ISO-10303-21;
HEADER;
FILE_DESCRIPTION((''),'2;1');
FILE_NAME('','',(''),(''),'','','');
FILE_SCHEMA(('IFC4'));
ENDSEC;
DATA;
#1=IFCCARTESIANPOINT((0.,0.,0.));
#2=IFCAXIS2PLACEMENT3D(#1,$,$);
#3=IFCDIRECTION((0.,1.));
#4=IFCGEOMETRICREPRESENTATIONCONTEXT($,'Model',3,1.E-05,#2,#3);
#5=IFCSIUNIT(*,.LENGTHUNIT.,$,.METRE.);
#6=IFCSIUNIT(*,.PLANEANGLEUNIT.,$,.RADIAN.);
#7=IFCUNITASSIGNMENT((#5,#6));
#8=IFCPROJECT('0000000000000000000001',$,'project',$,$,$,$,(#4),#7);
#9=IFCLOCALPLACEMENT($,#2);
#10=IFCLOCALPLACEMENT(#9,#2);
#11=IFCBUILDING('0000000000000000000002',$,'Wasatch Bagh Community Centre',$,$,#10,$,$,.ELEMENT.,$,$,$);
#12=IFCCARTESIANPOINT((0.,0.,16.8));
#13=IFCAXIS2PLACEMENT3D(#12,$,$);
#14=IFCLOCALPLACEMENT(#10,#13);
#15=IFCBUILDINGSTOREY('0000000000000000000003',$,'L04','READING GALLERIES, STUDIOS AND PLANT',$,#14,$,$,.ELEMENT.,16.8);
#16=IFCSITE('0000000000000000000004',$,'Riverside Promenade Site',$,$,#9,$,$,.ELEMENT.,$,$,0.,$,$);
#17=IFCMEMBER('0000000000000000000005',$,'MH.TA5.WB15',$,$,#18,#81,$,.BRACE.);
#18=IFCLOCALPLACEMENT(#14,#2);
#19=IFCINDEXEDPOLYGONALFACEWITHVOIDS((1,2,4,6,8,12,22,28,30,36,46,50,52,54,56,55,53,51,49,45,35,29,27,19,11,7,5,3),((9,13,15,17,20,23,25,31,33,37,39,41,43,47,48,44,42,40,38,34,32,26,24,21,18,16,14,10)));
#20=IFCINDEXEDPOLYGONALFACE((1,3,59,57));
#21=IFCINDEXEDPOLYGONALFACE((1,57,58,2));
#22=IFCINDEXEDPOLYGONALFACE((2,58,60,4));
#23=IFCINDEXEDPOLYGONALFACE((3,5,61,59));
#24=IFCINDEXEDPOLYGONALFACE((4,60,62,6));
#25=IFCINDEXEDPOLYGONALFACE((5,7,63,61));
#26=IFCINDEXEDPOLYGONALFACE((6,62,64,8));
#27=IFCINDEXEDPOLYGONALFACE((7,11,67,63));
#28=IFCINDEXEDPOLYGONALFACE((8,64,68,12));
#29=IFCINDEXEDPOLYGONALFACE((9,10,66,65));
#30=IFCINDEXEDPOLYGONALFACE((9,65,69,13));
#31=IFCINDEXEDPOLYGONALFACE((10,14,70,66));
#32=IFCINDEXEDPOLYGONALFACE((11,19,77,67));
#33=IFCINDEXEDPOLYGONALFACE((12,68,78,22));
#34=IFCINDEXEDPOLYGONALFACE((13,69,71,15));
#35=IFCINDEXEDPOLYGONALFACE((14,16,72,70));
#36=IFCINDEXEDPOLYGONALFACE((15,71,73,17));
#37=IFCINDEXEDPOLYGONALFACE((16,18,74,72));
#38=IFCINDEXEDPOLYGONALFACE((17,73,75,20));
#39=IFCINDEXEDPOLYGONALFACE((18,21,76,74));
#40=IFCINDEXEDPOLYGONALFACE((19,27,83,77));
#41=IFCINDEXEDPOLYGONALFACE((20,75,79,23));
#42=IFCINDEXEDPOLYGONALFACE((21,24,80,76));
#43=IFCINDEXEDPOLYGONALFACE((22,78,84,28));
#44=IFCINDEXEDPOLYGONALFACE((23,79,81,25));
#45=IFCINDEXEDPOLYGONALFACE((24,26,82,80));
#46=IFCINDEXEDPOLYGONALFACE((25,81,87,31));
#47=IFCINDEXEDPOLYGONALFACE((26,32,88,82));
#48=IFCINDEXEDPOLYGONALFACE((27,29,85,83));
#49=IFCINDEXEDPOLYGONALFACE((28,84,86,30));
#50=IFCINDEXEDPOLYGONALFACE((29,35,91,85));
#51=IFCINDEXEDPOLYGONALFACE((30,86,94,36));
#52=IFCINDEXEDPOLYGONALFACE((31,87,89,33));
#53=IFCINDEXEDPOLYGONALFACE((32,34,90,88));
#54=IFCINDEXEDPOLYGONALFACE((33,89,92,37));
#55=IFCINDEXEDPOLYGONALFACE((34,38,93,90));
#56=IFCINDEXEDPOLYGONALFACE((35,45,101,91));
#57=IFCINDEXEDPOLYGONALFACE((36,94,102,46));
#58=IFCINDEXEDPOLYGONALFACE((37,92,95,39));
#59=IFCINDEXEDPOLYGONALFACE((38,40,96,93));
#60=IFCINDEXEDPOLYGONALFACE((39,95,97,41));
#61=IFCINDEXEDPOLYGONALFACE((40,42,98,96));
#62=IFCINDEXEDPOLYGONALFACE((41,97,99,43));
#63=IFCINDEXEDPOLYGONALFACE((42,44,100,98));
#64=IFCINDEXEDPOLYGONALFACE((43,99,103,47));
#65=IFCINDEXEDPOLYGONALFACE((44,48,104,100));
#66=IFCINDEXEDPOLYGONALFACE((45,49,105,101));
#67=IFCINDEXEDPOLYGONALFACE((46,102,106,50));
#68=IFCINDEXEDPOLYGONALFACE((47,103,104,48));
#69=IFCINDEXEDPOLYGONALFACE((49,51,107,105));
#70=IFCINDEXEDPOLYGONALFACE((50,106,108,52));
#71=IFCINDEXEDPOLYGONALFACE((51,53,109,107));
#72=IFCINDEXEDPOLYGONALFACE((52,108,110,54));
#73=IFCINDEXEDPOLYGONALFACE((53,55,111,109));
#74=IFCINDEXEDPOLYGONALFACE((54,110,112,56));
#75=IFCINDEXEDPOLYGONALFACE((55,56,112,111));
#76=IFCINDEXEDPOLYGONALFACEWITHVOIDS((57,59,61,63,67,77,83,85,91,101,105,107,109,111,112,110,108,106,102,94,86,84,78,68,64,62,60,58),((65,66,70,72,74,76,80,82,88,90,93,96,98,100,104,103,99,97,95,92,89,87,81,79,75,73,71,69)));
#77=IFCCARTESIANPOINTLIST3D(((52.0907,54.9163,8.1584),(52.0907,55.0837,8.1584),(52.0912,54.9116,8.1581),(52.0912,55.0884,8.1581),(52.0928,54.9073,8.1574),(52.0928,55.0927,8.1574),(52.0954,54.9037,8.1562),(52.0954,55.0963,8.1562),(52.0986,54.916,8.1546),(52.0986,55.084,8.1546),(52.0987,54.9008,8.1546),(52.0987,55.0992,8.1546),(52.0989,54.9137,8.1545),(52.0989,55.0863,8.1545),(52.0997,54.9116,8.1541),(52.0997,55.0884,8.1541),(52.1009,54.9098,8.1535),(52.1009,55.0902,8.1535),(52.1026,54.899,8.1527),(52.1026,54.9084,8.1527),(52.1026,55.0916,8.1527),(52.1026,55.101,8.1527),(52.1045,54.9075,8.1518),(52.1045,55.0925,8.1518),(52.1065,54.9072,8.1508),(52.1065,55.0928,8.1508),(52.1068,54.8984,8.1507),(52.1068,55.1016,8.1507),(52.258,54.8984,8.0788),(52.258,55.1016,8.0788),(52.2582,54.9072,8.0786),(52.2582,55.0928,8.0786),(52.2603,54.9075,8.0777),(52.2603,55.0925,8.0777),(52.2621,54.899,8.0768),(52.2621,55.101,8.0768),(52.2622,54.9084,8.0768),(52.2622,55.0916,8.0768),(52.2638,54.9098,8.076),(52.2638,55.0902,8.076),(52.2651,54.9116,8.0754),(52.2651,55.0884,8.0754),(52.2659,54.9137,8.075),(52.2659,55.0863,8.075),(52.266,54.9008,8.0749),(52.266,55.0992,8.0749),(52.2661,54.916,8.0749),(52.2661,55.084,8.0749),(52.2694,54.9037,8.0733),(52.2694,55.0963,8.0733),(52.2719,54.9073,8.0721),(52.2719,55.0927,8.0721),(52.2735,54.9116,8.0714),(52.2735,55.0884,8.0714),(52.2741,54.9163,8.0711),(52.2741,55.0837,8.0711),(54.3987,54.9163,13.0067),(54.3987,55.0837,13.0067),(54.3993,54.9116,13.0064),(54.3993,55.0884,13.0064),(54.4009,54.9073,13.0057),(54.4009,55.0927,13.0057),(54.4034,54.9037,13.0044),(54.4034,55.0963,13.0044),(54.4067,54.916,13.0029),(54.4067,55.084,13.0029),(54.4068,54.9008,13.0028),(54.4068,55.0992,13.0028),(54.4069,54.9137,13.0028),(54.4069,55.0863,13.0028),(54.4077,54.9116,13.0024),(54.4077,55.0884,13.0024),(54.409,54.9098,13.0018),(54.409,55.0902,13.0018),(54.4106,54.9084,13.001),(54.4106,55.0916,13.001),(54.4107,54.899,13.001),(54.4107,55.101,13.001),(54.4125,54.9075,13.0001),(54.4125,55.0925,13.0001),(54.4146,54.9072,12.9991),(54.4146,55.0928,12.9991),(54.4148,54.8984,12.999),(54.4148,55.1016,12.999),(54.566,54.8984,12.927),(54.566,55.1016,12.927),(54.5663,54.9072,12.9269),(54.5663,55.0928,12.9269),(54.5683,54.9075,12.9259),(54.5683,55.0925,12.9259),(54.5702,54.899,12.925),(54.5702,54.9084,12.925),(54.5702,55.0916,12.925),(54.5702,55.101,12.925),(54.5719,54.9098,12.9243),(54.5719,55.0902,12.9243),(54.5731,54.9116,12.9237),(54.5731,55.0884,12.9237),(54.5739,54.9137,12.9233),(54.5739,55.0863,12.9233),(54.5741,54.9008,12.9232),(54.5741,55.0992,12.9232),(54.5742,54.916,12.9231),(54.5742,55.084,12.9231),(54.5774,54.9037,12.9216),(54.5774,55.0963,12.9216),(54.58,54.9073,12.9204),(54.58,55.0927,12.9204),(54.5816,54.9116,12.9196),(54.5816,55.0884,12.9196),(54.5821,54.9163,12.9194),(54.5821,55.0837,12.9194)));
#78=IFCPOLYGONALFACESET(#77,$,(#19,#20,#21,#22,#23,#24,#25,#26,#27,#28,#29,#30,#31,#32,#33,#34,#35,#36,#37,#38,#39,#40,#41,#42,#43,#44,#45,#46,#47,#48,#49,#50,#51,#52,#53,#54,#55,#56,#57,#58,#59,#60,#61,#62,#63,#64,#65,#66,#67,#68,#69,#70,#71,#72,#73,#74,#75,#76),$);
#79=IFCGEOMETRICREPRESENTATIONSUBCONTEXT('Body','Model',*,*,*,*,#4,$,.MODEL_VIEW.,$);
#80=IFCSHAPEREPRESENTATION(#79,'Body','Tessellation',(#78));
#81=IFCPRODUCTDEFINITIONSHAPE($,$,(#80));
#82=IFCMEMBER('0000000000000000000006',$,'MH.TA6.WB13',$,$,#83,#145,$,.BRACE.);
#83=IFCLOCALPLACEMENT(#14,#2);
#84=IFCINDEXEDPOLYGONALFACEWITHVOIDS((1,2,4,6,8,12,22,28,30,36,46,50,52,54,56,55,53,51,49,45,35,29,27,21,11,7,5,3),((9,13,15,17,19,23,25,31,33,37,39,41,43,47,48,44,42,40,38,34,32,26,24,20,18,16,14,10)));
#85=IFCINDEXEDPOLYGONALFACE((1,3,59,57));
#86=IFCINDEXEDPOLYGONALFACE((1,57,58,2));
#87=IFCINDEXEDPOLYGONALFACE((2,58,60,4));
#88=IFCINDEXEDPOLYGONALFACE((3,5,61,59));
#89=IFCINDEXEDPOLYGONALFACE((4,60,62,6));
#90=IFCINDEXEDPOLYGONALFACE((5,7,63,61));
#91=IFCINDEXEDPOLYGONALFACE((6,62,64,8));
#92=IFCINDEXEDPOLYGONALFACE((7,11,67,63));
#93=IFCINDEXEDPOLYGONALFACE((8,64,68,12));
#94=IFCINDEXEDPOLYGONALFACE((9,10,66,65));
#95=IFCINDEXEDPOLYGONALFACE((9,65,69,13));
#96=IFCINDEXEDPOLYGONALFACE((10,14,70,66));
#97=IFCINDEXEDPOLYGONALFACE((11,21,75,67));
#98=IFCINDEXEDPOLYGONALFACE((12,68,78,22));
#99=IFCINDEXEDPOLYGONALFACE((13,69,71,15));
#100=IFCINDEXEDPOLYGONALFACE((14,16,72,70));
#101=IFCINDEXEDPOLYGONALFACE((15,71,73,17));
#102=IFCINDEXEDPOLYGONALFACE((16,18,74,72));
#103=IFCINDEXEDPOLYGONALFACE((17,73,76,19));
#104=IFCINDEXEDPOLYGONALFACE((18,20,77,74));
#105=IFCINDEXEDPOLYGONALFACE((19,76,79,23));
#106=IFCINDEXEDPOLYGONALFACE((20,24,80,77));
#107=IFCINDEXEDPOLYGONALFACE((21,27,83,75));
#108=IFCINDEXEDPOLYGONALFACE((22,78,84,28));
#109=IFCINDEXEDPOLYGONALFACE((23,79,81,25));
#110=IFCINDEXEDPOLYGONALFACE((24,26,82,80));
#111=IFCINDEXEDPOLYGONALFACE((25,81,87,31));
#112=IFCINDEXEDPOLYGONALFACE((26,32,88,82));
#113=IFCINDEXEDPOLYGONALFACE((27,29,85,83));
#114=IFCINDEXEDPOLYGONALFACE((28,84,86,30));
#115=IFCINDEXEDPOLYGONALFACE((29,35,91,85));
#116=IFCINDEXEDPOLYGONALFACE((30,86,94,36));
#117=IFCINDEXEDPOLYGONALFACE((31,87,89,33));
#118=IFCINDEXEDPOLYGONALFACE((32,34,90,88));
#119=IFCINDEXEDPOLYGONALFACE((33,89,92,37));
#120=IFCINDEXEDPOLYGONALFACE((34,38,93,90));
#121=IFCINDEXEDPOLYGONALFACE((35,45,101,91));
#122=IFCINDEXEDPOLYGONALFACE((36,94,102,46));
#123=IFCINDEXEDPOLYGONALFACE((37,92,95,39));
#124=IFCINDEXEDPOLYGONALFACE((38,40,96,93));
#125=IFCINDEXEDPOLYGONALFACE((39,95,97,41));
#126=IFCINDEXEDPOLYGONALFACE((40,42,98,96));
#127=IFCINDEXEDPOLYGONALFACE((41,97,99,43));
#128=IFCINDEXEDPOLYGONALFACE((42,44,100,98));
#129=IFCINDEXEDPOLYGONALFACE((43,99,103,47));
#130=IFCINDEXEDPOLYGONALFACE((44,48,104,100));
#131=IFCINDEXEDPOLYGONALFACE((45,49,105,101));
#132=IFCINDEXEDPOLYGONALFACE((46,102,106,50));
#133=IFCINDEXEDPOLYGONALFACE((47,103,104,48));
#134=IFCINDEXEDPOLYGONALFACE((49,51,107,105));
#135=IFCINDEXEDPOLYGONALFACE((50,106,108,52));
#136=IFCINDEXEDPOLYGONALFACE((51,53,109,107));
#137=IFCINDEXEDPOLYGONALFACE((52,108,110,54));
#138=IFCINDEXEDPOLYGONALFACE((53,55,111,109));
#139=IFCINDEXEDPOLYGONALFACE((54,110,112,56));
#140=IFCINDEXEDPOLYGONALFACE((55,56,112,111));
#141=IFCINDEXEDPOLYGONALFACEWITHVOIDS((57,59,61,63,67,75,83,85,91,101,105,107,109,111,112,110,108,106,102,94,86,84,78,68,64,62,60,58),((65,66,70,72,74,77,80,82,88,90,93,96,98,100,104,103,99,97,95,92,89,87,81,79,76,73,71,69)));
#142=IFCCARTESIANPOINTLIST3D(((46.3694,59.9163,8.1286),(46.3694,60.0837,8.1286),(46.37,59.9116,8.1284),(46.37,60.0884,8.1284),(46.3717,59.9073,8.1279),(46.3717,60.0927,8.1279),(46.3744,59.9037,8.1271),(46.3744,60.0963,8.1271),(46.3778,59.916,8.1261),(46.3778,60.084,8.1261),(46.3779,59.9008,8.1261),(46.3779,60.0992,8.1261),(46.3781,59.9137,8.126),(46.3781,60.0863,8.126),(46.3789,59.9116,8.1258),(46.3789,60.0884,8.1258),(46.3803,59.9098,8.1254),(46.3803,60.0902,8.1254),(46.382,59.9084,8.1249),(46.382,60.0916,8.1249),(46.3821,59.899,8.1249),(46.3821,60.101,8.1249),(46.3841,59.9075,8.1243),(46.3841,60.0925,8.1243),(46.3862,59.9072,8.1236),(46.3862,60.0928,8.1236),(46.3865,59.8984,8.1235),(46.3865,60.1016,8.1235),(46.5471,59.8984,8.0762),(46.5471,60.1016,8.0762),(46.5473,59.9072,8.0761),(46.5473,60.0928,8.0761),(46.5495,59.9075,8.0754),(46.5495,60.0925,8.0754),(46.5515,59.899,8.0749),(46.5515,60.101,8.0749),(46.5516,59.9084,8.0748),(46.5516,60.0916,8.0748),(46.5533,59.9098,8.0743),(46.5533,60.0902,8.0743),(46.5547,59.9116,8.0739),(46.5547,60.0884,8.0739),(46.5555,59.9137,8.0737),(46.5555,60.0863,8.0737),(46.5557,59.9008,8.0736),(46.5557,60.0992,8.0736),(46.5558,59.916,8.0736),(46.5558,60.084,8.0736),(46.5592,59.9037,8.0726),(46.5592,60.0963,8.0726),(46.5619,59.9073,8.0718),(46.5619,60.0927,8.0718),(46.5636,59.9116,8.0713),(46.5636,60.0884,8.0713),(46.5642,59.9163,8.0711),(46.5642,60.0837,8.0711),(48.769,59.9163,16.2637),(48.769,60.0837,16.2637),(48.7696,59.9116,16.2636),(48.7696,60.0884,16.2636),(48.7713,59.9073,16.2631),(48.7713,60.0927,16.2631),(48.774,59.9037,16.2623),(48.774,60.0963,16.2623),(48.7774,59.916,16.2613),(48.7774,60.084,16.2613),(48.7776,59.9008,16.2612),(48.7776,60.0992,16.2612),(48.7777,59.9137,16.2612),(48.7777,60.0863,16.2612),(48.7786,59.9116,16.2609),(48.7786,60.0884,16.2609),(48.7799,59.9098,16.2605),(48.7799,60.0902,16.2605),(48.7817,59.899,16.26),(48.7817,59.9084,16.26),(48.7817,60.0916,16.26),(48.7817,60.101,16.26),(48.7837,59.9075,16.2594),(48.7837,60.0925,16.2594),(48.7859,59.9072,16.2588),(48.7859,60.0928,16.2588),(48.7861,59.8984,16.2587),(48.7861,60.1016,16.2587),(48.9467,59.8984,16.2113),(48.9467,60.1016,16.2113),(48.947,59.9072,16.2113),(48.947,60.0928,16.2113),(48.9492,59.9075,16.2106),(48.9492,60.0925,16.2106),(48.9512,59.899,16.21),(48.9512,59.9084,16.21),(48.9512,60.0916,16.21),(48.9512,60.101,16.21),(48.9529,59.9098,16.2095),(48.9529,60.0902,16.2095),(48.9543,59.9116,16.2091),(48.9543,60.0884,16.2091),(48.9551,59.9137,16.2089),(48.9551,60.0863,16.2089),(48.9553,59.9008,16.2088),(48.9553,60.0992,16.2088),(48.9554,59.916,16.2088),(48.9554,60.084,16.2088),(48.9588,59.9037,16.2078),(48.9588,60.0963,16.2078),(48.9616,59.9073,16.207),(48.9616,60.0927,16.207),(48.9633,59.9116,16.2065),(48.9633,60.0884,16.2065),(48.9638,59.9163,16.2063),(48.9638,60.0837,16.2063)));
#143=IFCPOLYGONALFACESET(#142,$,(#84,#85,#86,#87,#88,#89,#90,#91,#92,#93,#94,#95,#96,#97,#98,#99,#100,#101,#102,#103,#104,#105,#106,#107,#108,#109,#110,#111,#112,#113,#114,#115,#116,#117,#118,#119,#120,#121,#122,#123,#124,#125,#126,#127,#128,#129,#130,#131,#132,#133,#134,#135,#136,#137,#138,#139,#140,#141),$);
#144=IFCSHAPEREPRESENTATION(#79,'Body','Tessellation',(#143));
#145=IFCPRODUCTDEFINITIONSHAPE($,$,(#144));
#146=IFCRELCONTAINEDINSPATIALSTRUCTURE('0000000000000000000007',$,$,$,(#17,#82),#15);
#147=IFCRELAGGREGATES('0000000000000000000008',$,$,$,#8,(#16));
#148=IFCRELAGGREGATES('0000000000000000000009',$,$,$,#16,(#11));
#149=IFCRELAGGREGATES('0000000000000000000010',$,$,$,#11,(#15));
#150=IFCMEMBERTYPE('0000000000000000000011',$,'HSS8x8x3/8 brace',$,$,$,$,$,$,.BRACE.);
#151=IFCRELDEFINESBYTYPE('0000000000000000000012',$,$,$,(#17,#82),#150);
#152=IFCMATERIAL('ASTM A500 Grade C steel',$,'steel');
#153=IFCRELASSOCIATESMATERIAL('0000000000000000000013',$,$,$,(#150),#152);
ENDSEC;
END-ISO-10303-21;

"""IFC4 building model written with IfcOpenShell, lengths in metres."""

from ifc_helpers import new_model, si_unit, direction, frame, origin, origin_2d, place, context, subcontext, project, spatial, hollow_rectangle, extrude, material, material_profile, profile_set, type_object, element, save


model = new_model("IFC4")

# Units and contexts
model_context = context("Model", 3, precision=1e-05, world=origin(), true_north=direction((0.0, 1.0)))
body_context = subcontext(model_context, "Body", "Model", "MODEL_VIEW")
ifc_project = project(units=[si_unit("LENGTHUNIT", "METRE"), si_unit("PLANEANGLEUNIT", "RADIAN")], contexts=[model_context])

# Site, building, storey
site_placement = place(None, origin())
site = spatial("IfcSite", under=ifc_project, at=site_placement, Name="Riverside Promenade Site", CompositionType="ELEMENT", RefElevation=0.0)
building_placement = place(site_placement, origin())
building = spatial("IfcBuilding", under=site, at=building_placement, Name="Wasatch Bagh Community Centre", CompositionType="ELEMENT")
storey_placement = place(building_placement, frame((0.0, 0.0, 16.8)))
storey = spatial("IfcBuildingStorey", under=building, at=storey_placement, Name="L04", Description="READING GALLERIES, STUDIOS AND PLANT", CompositionType="ELEMENT", Elevation=16.8)

# Members
ifc_material_1 = material(Name="ASTM A500 Grade C steel", Category="steel")
ifc_material_profile_1 = material_profile(ifc_material_1, hollow_rectangle(XDim=0.2031, YDim=0.2031, WallThickness=0.0088, InnerFilletRadius=0.0088, OuterFilletRadius=0.0178, at=origin_2d()), Name="HSS8x8x3/8")
ifc_profile_set_1 = profile_set([ifc_material_profile_1], Name="ASTM A500 Grade C steel")
member_type_1 = type_object("IfcMemberType", Name="HSS8x8x3/8 brace", PredefinedType="BRACE", material=ifc_profile_set_1)
member_1_placement = place(storey_placement, frame((52.1824, 55.0, 8.1147), z_axis=(0.429835, 0.0, 0.902908), x_axis=(0.0, 1.0, 0.0)))
element("IfcMember", 1, at=member_1_placement, inside=storey, type_object=member_type_1, Name="MH.TA5.WB15", PredefinedType="BRACE", context=body_context, shape_type="SweptSolid", body=[
    extrude(hollow_rectangle(XDim=0.2031, YDim=0.2031, WallThickness=0.0088, InnerFilletRadius=0.0088, OuterFilletRadius=0.0178, at=origin_2d()), origin(), (0.0, 0.0, 1.0), 5.3696),
])
member_2_placement = place(storey_placement, frame((46.4668, 60.0, 8.0999), z_axis=(0.282919, 0.0, 0.959144), x_axis=(0.0, 1.0, 0.0)))
element("IfcMember", 2, at=member_2_placement, inside=storey, type_object=member_type_1, Name="MH.TA6.WB13", PredefinedType="BRACE", context=body_context, shape_type="SweptSolid", body=[
    extrude(hollow_rectangle(XDim=0.2031, YDim=0.2031, WallThickness=0.0088, InnerFilletRadius=0.0088, OuterFilletRadius=0.0178, at=origin_2d()), origin(), (0.0, 0.0, 1.0), 8.4817),
])

save(model, "model.ifc")
